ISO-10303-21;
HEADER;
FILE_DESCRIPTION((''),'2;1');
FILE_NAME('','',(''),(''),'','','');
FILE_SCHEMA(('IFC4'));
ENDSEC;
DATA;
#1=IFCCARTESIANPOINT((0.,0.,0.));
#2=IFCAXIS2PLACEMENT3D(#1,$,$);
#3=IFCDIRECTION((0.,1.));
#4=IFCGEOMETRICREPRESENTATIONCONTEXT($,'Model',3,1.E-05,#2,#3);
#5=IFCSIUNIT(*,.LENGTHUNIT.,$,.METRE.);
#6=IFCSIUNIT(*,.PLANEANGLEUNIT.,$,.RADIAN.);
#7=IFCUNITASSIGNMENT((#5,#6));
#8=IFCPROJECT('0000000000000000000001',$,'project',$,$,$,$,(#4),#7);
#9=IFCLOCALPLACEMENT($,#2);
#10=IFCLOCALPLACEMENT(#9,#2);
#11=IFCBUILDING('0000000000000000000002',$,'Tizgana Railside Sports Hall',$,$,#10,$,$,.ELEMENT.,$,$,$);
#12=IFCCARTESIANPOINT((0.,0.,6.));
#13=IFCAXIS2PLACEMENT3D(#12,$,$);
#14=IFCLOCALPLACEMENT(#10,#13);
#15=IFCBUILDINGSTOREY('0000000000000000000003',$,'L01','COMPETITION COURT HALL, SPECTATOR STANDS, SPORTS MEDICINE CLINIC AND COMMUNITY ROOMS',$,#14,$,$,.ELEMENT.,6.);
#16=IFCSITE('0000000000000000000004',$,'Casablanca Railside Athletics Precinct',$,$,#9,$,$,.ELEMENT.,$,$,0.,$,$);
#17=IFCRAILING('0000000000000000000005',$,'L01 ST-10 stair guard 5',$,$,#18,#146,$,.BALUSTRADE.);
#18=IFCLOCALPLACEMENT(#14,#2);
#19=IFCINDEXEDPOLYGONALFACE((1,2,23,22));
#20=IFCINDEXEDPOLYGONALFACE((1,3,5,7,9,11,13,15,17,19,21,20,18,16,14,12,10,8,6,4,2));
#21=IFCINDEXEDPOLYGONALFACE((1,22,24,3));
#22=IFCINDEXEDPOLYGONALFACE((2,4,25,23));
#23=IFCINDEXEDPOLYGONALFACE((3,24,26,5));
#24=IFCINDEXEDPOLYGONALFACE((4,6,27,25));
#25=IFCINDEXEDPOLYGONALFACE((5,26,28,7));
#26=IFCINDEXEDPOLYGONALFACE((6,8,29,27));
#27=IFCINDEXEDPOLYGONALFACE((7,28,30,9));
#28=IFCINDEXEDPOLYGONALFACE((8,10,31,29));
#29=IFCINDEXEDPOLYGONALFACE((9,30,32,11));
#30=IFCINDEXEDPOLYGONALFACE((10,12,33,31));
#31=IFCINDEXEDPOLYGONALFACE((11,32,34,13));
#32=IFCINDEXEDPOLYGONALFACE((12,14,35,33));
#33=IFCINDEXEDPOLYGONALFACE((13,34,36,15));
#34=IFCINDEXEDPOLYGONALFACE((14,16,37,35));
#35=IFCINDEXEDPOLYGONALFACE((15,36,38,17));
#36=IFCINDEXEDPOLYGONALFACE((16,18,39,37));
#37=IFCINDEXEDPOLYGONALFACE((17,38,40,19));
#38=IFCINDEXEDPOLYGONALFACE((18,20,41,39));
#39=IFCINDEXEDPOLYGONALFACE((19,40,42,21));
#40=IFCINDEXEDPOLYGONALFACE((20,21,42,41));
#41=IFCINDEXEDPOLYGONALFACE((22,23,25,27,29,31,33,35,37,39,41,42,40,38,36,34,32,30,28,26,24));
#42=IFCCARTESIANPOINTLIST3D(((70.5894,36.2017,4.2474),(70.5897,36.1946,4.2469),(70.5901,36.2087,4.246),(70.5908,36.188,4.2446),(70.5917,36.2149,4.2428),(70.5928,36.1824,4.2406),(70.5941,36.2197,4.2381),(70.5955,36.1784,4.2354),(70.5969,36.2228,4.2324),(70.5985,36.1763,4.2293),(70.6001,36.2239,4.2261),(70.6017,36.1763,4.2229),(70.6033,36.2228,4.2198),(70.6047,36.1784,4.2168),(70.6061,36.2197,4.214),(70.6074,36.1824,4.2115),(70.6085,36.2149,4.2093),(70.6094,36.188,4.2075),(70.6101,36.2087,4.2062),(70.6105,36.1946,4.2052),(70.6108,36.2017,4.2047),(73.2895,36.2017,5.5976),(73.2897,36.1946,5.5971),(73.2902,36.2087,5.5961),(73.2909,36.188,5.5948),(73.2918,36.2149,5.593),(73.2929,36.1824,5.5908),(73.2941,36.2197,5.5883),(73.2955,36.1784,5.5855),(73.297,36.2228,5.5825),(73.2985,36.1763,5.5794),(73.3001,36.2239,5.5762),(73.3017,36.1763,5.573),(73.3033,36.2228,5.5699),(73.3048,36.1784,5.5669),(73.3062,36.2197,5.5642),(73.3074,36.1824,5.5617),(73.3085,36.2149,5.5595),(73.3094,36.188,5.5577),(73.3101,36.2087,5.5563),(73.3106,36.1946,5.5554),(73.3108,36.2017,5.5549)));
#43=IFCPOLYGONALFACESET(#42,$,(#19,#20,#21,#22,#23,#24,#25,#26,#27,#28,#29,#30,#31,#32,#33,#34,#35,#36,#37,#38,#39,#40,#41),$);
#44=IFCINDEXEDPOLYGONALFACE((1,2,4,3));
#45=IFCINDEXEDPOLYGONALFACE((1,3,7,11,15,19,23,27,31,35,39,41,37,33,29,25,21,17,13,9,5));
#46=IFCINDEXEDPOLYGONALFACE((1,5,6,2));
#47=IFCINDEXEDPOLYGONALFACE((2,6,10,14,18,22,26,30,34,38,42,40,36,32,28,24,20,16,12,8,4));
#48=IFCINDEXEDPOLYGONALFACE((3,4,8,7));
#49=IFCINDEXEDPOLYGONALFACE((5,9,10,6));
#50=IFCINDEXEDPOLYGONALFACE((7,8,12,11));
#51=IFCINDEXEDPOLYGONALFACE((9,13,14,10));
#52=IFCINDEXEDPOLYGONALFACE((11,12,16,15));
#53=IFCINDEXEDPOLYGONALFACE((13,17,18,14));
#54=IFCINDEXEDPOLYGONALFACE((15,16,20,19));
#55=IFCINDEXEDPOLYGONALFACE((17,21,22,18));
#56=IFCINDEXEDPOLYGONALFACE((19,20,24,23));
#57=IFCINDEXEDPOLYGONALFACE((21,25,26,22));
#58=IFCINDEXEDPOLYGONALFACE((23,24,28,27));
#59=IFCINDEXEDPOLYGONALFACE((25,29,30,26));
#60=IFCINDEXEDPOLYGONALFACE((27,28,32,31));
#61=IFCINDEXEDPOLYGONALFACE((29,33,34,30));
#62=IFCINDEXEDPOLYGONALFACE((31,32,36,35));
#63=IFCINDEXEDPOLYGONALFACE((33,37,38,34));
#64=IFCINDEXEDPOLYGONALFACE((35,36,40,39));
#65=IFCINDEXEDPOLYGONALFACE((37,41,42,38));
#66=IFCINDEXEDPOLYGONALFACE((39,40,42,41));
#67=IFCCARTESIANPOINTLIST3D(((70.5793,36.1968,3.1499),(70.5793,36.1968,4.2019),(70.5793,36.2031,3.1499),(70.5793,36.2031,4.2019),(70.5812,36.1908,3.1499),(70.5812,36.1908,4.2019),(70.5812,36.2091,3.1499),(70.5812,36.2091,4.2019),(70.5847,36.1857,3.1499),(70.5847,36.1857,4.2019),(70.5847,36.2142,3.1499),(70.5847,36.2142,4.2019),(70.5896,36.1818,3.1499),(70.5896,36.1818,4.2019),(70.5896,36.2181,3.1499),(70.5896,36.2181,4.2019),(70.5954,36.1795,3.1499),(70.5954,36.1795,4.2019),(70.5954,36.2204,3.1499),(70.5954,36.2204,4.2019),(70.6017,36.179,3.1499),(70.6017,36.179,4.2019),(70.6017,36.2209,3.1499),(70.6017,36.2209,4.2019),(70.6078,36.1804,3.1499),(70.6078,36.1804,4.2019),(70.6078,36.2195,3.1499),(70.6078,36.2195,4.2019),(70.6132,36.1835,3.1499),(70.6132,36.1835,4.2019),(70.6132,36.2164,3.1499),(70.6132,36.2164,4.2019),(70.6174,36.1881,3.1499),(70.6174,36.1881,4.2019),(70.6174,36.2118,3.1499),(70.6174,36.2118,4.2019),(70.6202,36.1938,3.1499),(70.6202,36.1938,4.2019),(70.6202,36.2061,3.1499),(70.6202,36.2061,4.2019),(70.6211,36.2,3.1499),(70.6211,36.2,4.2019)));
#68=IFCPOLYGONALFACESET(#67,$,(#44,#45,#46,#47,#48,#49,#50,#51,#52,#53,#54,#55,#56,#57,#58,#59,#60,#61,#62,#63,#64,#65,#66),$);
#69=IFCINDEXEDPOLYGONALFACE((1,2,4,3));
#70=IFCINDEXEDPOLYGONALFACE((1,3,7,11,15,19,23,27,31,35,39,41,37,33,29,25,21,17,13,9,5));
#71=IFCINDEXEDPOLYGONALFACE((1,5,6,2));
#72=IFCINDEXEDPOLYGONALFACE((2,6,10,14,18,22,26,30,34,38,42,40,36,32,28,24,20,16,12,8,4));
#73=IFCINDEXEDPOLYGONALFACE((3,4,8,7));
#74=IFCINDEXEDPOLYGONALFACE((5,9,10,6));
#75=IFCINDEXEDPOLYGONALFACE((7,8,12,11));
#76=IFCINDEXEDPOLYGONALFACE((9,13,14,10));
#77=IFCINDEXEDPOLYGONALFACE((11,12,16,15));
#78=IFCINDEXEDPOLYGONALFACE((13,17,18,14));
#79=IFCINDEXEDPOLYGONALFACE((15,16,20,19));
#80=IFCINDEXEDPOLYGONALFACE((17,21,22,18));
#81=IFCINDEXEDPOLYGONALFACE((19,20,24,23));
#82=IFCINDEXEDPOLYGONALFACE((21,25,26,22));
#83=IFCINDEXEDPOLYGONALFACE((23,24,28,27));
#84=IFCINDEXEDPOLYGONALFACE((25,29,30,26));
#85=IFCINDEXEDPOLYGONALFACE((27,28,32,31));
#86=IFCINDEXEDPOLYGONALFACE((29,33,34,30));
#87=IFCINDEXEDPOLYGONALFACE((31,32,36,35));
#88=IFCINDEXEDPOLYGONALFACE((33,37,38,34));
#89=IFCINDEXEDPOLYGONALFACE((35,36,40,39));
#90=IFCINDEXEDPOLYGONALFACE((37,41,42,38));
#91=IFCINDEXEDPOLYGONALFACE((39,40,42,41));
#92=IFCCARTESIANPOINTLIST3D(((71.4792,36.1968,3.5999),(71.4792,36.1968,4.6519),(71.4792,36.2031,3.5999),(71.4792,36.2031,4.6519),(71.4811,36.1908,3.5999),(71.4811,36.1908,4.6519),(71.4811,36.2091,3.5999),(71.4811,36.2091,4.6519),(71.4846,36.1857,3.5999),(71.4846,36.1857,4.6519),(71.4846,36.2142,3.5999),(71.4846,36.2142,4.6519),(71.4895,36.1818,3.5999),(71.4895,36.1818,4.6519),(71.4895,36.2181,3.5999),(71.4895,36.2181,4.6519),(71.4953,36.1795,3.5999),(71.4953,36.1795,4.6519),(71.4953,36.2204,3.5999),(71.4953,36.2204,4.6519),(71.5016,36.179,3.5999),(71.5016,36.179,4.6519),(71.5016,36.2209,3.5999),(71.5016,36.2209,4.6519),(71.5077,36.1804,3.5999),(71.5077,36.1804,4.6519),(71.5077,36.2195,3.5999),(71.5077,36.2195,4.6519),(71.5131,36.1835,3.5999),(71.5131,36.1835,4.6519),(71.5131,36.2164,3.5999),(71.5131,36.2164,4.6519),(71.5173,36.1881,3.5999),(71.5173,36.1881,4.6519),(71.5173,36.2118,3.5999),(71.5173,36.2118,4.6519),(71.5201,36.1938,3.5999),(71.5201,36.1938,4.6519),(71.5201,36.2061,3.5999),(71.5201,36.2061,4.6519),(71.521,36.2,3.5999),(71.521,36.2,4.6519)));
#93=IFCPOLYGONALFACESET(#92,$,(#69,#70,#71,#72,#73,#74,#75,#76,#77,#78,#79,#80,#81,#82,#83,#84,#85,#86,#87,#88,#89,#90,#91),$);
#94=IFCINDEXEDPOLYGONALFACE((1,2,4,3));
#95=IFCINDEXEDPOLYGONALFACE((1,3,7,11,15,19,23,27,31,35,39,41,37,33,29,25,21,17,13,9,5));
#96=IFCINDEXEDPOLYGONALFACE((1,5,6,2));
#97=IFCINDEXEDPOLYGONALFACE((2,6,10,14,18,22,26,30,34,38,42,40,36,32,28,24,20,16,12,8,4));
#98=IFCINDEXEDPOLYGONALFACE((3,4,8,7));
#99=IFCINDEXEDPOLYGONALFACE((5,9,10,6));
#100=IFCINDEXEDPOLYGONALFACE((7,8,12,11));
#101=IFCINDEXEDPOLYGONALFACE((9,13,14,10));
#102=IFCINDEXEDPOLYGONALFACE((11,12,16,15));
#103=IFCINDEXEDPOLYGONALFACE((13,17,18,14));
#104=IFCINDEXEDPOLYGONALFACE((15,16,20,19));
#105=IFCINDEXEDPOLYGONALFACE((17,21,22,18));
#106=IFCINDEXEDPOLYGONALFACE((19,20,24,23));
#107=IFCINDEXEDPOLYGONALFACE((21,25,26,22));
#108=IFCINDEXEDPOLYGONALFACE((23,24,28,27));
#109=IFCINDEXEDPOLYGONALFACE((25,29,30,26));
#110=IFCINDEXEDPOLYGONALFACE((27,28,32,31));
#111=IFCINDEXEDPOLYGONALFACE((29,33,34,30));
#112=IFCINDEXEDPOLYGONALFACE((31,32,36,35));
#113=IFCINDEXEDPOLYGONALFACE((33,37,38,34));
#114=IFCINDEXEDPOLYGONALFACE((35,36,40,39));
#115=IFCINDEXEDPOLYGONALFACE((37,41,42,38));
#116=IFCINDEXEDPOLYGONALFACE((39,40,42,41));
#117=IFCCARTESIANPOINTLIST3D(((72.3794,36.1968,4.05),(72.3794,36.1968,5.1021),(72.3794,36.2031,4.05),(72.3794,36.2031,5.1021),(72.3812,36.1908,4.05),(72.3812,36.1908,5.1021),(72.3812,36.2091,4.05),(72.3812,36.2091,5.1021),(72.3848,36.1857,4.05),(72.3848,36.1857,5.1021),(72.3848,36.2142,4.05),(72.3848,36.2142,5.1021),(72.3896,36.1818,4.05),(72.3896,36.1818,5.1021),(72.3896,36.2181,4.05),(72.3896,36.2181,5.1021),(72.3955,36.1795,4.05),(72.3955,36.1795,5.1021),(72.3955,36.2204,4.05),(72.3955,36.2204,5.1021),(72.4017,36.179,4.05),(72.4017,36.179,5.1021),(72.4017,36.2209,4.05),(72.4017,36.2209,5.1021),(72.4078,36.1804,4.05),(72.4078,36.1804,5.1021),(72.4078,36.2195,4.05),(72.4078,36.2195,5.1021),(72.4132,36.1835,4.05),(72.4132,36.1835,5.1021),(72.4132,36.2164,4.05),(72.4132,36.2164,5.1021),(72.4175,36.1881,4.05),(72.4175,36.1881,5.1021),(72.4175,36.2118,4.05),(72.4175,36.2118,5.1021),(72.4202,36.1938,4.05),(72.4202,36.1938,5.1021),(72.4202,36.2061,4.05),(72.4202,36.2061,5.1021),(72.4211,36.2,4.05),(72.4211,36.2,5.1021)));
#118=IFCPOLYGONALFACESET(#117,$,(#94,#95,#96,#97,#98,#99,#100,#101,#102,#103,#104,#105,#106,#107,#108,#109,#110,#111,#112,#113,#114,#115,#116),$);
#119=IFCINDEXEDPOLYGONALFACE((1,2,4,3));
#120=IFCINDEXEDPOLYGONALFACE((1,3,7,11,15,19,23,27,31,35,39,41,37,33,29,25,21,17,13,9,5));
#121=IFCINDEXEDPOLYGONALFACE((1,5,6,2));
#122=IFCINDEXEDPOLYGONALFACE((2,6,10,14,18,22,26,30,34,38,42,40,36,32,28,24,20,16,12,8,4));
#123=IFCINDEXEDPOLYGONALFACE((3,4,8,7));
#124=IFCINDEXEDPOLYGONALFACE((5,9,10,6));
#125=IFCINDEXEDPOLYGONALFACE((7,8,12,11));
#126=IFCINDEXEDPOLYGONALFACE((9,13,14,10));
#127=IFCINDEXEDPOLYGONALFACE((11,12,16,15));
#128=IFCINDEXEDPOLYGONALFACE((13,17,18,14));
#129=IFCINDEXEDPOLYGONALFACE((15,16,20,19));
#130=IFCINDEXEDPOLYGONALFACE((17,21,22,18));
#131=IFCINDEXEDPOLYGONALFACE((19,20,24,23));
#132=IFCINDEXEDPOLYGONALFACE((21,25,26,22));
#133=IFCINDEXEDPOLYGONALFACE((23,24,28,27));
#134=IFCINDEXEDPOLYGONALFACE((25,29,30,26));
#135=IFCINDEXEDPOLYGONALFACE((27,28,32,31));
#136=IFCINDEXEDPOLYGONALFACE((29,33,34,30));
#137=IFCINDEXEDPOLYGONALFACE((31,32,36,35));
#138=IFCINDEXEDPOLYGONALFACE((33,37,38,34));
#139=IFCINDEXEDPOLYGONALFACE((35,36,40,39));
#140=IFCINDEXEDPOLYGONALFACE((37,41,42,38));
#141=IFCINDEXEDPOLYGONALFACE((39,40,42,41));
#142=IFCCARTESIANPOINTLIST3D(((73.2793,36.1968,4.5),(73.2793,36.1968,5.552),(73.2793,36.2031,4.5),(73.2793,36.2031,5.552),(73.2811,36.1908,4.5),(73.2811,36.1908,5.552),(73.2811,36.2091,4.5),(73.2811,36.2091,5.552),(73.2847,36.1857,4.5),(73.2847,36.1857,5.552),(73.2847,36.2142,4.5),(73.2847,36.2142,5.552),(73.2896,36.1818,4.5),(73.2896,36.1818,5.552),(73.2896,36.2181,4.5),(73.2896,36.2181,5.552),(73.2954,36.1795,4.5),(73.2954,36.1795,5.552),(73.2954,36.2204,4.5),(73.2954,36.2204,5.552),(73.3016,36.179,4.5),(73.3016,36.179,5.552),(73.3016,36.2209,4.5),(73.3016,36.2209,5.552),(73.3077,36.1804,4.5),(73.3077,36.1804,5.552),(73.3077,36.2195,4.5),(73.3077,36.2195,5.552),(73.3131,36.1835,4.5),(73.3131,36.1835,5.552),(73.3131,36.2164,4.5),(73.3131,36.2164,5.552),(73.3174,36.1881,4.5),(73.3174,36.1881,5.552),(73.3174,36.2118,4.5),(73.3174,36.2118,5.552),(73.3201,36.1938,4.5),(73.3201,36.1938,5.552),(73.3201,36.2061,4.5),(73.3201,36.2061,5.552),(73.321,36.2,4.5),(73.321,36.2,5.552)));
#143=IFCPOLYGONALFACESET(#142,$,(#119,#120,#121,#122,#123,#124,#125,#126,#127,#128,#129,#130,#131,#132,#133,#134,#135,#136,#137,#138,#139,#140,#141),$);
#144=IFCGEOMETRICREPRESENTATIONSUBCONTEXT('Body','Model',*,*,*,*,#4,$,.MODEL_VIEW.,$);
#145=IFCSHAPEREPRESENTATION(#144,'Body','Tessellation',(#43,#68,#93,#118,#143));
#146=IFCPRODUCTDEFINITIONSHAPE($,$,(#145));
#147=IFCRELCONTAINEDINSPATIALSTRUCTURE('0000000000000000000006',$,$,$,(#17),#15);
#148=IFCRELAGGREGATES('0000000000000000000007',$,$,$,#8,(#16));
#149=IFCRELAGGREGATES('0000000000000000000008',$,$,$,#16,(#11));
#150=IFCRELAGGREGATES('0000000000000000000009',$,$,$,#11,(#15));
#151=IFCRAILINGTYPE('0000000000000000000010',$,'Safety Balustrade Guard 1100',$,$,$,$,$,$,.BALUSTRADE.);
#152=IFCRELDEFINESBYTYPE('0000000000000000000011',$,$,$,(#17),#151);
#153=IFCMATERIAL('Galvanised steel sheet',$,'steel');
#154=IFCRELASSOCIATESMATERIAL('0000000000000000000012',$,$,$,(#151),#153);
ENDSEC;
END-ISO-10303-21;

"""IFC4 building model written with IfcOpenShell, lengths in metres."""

from ifc_helpers import new_model, si_unit, direction, frame, origin, origin_2d, place, context, subcontext, project, spatial, circle, extrude, material, type_object, element, save


model = new_model("IFC4")

# Units and contexts
model_context = context("Model", 3, precision=1e-05, world=origin(), true_north=direction((0.0, 1.0)))
body_context = subcontext(model_context, "Body", "Model", "MODEL_VIEW")
ifc_project = project(units=[si_unit("LENGTHUNIT", "METRE"), si_unit("PLANEANGLEUNIT", "RADIAN")], contexts=[model_context])

# Site, building, storey
site_placement = place(None, origin())
site = spatial("IfcSite", under=ifc_project, at=site_placement, Name="Casablanca Railside Athletics Precinct", CompositionType="ELEMENT", RefElevation=0.0)
building_placement = place(site_placement, origin())
building = spatial("IfcBuilding", under=site, at=building_placement, Name="Tizgana Railside Sports Hall", CompositionType="ELEMENT")
storey_placement = place(building_placement, frame((0.0, 0.0, 6.0)))
storey = spatial("IfcBuildingStorey", under=building, at=storey_placement, Name="L01", Description="COMPETITION COURT HALL, SPECTATOR STANDS, SPORTS MEDICINE CLINIC AND COMMUNITY ROOMS", CompositionType="ELEMENT", Elevation=6.0)

# Railing
ifc_material_1 = material(Name="Galvanised steel sheet", Category="steel")
railing_type_1 = type_object("IfcRailingType", Name="Safety Balustrade Guard 1100", PredefinedType="BALUSTRADE", material=ifc_material_1)
railing_1_placement = place(storey_placement, frame((70.6001, 36.2, 3.1499)))
element("IfcRailing", 1, at=railing_1_placement, inside=storey, type_object=railing_type_1, Name="L01 ST-10 stair guard 5", PredefinedType="BALUSTRADE", context=body_context, shape_type="SweptSolid", body=[
    extrude(circle(Radius=0.0239, at=origin_2d()), frame((0.0, 0.0, 1.0762), z_axis=(0.894411, 0.0, 0.447246), x_axis=(0.0, 1.0, 0.0)), (0.0, 0.0, 1.0), 3.0188),
    extrude(circle(Radius=0.021, at=origin_2d()), origin(), (0.0, 0.0, 1.0), 1.052),
    extrude(circle(Radius=0.021, at=origin_2d()), frame((0.8999, 0.0, 0.45)), (0.0, 0.0, 1.0), 1.052),
    extrude(circle(Radius=0.021, at=origin_2d()), frame((1.8, 0.0, 0.9001)), (0.0, 0.0, 1.0), 1.052),
    extrude(circle(Radius=0.021, at=origin_2d()), frame((2.7, 0.0, 1.3501)), (0.0, 0.0, 1.0), 1.052),
])

save(model, "model.ifc")
